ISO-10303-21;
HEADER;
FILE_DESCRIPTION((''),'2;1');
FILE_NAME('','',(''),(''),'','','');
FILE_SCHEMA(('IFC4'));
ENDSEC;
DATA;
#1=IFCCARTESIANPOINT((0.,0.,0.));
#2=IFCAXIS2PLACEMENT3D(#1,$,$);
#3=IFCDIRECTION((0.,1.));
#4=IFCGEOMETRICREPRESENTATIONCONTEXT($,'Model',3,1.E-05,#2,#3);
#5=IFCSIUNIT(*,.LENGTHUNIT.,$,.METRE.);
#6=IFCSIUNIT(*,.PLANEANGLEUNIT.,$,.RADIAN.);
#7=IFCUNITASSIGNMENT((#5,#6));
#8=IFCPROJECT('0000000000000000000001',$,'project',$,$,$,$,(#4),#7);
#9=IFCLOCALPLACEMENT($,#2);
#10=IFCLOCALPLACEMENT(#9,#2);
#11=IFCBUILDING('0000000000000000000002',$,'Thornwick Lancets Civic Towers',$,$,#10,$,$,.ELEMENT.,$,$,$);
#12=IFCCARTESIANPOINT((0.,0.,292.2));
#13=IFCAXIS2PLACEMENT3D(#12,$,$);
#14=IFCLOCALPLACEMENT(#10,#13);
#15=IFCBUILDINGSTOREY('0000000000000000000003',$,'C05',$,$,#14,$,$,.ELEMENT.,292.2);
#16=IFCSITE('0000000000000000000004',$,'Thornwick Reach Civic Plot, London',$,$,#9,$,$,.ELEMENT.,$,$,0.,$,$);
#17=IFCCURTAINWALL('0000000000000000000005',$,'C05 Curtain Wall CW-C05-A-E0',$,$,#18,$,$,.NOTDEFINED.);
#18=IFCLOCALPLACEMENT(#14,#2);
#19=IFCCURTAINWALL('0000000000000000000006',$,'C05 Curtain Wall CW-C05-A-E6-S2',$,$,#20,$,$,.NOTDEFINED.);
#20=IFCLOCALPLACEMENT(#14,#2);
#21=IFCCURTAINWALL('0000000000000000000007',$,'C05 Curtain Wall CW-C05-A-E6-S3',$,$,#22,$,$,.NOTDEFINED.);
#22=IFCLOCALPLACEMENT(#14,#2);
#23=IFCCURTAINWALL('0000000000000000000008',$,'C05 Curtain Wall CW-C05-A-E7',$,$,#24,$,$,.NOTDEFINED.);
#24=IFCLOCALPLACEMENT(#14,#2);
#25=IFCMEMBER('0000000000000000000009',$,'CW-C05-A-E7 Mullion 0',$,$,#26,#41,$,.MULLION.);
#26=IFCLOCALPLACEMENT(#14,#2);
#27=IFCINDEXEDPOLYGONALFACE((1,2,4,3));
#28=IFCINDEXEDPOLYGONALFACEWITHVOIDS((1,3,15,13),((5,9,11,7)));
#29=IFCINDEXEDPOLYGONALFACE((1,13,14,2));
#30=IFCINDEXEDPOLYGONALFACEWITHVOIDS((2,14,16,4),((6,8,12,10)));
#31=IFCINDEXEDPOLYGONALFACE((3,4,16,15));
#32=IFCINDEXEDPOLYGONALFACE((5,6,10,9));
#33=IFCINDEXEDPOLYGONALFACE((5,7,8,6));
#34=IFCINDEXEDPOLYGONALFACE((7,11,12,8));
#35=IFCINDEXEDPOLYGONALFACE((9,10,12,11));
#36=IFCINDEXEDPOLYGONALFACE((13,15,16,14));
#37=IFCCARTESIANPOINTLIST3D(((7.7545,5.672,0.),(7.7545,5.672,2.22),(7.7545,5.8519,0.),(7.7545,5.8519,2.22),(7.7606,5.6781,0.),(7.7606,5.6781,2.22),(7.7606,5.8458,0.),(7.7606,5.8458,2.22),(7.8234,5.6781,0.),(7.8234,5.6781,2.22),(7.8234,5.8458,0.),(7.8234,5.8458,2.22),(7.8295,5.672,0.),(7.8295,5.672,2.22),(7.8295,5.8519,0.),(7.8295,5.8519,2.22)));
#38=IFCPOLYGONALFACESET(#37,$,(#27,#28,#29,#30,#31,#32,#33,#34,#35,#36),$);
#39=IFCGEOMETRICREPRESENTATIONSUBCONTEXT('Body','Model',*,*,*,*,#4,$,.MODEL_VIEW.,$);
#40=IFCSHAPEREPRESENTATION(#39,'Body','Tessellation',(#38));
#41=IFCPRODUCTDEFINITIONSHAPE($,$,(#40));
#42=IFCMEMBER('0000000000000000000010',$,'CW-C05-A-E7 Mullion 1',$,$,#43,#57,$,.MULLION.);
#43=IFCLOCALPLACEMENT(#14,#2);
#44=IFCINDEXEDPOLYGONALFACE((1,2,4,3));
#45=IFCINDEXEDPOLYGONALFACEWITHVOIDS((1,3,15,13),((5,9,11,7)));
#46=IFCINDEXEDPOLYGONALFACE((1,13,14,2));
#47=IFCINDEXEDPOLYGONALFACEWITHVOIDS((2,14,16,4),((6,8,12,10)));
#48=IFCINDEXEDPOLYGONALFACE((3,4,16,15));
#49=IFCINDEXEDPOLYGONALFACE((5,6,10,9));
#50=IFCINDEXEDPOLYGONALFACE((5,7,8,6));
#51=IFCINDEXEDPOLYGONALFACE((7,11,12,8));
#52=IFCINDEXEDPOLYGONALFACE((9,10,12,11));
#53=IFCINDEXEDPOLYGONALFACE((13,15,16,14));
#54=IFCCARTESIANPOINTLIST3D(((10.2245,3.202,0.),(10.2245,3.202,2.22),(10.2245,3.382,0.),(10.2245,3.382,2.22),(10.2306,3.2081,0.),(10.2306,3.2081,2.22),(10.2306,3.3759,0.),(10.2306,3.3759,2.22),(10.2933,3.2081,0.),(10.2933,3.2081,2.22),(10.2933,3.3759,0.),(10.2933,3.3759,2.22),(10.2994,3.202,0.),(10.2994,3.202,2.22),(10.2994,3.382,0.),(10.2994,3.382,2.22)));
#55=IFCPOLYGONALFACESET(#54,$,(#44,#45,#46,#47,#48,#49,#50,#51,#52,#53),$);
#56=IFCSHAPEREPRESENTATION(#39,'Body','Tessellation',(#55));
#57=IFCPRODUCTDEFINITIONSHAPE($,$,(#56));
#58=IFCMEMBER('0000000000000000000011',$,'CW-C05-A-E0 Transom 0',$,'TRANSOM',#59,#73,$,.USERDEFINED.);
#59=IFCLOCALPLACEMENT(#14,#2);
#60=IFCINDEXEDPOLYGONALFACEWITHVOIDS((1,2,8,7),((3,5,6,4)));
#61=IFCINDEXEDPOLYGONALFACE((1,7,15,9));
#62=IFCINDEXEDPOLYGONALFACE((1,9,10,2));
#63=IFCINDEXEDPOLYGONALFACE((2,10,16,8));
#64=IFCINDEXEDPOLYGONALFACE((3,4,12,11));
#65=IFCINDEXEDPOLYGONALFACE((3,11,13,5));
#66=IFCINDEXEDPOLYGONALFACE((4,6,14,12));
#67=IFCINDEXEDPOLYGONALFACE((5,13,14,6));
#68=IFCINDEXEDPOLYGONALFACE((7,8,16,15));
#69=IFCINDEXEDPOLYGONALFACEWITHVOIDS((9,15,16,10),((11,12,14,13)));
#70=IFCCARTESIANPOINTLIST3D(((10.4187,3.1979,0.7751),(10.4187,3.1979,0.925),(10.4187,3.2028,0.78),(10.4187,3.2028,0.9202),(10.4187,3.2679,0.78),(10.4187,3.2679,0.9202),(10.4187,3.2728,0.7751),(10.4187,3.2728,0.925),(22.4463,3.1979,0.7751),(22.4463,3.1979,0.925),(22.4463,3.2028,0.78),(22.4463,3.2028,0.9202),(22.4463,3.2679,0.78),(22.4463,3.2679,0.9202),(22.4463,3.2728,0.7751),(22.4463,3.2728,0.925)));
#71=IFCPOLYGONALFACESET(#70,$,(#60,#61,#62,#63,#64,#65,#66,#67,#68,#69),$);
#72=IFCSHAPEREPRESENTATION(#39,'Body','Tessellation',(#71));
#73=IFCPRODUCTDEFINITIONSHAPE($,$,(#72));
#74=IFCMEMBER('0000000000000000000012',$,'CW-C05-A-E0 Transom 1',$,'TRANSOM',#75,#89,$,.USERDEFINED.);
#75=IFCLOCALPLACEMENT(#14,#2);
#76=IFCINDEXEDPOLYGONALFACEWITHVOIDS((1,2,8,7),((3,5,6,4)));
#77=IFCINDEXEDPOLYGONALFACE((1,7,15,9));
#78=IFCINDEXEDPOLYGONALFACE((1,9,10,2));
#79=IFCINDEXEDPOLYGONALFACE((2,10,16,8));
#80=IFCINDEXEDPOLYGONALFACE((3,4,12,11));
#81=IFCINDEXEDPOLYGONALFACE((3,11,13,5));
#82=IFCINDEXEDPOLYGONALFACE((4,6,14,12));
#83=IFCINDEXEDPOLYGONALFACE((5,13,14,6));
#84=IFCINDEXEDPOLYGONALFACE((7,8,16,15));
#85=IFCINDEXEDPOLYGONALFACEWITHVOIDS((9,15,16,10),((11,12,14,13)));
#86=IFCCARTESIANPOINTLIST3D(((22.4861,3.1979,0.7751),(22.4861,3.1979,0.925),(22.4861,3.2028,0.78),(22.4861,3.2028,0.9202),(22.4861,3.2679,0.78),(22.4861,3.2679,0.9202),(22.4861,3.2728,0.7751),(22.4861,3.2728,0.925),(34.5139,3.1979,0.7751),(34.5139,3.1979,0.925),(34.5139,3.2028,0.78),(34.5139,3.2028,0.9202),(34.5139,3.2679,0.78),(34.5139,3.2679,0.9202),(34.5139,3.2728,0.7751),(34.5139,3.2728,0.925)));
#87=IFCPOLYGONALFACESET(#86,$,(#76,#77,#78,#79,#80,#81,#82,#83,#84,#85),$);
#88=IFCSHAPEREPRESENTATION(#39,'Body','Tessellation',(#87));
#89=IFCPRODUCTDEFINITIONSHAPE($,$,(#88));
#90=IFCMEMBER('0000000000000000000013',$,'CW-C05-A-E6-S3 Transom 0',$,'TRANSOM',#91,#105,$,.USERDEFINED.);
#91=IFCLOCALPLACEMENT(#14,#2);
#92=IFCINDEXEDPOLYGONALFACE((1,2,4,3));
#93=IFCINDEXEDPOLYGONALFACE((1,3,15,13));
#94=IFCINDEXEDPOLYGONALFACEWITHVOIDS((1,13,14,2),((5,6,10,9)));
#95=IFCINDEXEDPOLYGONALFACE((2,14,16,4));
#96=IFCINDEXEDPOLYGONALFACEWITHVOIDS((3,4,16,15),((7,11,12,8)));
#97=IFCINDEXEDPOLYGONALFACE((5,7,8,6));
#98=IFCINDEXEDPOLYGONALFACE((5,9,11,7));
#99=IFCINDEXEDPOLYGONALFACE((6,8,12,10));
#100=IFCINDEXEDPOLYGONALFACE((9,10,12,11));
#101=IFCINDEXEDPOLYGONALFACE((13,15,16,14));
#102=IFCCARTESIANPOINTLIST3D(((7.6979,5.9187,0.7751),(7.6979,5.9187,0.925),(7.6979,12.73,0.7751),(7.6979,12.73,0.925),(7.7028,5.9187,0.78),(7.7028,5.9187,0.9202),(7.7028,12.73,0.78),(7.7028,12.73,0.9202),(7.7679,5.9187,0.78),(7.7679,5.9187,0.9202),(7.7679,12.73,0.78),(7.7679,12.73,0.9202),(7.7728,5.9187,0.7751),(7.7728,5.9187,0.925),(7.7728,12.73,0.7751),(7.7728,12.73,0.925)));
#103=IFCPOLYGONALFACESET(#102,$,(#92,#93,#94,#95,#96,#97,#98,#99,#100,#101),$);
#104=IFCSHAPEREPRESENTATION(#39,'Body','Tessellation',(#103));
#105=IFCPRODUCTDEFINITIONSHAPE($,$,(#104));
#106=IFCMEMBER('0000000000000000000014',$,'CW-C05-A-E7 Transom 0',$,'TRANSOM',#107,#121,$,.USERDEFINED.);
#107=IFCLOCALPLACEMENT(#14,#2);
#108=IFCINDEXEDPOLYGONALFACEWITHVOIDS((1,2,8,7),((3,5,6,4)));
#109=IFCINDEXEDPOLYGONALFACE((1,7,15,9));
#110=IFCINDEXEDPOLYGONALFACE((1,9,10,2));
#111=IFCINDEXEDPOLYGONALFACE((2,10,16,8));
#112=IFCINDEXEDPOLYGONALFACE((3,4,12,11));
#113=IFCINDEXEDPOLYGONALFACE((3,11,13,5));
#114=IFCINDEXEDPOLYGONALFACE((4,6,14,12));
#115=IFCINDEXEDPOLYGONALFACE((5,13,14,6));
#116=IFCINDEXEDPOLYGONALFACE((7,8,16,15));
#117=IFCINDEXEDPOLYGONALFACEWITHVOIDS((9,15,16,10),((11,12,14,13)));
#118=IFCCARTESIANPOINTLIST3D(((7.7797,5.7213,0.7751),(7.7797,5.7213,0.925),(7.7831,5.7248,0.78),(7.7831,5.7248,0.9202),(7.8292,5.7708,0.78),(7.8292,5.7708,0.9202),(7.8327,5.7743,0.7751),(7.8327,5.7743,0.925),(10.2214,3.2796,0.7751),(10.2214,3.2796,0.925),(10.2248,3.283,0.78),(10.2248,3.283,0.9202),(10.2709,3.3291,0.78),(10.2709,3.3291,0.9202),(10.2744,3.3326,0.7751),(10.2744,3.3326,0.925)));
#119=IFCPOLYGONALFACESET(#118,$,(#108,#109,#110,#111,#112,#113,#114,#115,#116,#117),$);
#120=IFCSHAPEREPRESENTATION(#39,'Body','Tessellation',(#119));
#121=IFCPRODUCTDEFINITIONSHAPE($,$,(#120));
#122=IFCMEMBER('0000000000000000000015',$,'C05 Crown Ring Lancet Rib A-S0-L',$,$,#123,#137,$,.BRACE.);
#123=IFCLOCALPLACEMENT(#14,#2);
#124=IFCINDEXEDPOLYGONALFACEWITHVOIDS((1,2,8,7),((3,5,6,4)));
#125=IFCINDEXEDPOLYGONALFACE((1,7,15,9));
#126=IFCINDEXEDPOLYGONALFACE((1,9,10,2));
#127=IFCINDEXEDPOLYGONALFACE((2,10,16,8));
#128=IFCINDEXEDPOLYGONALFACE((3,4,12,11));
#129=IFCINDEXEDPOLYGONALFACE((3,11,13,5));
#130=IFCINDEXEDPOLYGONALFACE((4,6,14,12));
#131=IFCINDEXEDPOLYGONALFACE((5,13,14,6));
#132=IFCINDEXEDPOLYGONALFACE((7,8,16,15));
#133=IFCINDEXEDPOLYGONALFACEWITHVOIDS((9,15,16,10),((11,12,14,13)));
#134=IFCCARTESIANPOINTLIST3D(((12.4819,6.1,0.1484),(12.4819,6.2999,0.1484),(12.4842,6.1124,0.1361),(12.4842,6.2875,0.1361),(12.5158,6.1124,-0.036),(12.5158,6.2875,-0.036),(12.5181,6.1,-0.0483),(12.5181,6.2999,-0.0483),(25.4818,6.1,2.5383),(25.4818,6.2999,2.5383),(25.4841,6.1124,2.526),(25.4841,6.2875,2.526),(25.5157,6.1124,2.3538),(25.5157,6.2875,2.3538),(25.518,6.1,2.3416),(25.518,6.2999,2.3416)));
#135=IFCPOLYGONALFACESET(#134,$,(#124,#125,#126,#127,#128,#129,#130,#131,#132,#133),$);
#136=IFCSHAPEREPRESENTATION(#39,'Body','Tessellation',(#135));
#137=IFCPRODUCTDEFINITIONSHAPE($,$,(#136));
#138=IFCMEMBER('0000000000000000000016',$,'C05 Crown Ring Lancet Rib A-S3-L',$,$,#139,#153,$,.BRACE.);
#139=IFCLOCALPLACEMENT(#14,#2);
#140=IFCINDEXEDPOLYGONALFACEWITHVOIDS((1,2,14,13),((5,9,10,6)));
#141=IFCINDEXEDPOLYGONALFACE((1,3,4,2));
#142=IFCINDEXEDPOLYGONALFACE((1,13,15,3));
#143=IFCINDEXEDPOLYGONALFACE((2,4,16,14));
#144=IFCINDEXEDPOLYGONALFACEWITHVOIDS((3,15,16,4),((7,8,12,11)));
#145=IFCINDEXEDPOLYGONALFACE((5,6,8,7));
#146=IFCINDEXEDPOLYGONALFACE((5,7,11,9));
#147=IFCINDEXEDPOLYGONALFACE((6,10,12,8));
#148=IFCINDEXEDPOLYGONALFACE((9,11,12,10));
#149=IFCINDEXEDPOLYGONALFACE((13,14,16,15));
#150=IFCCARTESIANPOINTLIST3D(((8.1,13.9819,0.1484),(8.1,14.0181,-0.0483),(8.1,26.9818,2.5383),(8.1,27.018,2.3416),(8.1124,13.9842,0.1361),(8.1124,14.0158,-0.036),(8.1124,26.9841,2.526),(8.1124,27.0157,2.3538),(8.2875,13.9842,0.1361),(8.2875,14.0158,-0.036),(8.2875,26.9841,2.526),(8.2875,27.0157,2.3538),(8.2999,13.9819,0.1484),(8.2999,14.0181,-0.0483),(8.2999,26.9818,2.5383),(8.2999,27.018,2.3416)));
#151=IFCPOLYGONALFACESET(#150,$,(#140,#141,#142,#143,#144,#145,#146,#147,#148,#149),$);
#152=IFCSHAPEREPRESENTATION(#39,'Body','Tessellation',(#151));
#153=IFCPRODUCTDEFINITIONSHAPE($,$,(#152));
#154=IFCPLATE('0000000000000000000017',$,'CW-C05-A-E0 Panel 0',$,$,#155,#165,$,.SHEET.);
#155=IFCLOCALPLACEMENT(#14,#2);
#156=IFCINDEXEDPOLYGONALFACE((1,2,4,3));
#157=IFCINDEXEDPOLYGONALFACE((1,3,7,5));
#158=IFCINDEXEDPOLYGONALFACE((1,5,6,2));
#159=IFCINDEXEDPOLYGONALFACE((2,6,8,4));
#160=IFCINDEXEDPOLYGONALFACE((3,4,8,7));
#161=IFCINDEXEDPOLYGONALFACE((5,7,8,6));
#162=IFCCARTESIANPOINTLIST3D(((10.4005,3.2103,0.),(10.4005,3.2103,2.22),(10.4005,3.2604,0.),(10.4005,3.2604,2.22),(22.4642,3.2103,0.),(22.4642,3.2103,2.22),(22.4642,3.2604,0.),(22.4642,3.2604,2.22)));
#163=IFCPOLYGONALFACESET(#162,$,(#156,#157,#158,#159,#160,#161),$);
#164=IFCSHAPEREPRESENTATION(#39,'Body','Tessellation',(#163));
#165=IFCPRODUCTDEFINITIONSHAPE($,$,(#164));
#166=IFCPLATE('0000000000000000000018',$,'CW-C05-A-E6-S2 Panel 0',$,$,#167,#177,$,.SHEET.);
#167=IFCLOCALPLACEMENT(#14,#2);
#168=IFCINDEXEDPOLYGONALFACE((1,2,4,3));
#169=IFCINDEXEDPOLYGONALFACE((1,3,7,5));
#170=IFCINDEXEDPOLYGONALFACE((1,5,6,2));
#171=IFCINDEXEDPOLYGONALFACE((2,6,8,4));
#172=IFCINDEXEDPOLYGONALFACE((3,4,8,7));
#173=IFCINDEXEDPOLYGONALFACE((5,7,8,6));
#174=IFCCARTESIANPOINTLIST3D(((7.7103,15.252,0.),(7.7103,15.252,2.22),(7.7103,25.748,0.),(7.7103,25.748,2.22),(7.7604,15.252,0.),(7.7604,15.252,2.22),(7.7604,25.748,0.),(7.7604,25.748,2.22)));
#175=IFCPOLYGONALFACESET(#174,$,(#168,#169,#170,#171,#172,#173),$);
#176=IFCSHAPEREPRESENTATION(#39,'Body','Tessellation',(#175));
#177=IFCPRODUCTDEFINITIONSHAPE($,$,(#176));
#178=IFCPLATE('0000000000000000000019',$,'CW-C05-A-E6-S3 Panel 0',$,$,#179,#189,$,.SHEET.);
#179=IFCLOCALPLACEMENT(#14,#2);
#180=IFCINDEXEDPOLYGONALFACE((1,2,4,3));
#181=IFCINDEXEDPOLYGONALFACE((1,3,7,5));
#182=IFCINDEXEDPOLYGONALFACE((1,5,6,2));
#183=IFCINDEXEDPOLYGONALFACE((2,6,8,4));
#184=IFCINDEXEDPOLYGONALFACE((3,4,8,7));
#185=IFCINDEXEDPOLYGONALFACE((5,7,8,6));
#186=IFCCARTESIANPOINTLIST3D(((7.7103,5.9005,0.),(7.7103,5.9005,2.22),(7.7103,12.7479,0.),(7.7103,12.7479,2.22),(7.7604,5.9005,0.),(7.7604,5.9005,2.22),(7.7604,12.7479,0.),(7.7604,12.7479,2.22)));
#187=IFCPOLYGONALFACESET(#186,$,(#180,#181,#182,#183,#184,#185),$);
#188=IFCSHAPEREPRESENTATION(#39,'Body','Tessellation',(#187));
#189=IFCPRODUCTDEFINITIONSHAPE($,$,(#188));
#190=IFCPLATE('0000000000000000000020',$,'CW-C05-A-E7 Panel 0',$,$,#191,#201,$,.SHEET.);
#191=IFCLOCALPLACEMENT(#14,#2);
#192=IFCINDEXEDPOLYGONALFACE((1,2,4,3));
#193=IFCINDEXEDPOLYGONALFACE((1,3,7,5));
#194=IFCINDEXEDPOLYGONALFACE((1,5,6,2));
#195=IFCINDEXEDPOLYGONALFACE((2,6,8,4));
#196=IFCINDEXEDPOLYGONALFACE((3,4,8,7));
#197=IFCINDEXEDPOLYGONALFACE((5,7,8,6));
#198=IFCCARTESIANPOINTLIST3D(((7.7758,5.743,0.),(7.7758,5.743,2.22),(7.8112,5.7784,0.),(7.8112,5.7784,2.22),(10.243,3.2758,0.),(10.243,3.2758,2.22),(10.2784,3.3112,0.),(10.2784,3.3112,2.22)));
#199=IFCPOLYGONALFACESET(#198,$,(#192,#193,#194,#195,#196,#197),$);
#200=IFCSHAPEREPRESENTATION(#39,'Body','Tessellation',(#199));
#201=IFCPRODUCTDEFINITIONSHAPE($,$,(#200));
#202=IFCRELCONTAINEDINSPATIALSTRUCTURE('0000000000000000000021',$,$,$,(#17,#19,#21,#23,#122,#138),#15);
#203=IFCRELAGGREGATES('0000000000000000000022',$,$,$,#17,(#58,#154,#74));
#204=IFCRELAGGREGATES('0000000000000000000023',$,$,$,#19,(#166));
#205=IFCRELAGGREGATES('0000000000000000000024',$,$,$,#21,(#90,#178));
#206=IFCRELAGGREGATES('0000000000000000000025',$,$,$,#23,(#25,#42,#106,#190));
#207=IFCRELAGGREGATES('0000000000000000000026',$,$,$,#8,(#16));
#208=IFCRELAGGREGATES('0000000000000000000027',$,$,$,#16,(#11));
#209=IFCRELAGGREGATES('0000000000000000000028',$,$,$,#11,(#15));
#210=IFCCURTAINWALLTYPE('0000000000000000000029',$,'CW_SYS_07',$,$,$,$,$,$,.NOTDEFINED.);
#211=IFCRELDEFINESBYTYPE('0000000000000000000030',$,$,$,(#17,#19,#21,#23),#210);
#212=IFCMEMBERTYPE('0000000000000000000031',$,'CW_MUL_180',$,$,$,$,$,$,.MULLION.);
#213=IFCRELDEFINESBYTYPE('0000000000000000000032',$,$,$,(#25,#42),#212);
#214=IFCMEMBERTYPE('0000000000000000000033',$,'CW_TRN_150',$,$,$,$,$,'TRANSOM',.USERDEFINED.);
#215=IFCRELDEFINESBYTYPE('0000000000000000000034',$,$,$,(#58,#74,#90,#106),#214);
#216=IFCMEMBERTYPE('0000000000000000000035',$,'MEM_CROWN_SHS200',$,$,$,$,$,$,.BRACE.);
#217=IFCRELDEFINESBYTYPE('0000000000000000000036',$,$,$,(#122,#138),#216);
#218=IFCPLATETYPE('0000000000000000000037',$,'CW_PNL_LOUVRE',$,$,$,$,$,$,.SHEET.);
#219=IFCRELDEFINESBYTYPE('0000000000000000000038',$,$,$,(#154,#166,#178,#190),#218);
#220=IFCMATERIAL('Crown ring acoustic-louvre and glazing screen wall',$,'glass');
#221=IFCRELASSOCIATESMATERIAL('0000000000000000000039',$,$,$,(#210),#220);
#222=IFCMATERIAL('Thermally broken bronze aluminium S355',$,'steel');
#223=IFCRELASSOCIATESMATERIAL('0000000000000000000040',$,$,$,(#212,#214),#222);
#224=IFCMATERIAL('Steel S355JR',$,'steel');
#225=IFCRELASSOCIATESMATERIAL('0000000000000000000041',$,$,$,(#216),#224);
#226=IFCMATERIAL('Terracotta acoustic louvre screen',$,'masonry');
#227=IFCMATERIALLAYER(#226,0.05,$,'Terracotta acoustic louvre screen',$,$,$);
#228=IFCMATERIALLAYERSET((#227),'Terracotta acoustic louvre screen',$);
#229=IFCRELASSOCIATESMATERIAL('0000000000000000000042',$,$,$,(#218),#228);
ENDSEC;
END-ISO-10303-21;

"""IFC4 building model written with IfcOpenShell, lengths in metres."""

from ifc_helpers import new_model, si_unit, direction, frame, origin, origin_2d, place, context, subcontext, project, spatial, rectangle, hollow_rectangle, extrude, material, layer, layer_set, material_profile, profile_set, type_object, element, aggregate, save


model = new_model("IFC4")

# Units and contexts
model_context = context("Model", 3, precision=1e-05, world=origin(), true_north=direction((0.0, 1.0)))
body_context = subcontext(model_context, "Body", "Model", "MODEL_VIEW")
ifc_project = project(units=[si_unit("LENGTHUNIT", "METRE"), si_unit("PLANEANGLEUNIT", "RADIAN")], contexts=[model_context])

# Site, building, storey
site_placement = place(None, origin())
site = spatial("IfcSite", under=ifc_project, at=site_placement, Name="Thornwick Reach Civic Plot, London", CompositionType="ELEMENT", RefElevation=0.0)
building_placement = place(site_placement, origin())
building = spatial("IfcBuilding", under=site, at=building_placement, Name="Thornwick Lancets Civic Towers", CompositionType="ELEMENT")
storey_placement = place(building_placement, frame((0.0, 0.0, 292.2)))
storey = spatial("IfcBuildingStorey", under=building, at=storey_placement, Name="C05", CompositionType="ELEMENT", Elevation=292.2)

# Shared definitions
ifc_material_1 = material(Name="Steel S355JR", Category="steel")

# Curtain wall
ifc_material_2 = material(Name="Crown ring acoustic-louvre and glazing screen wall", Category="glass")
curtain_wall_type = type_object("IfcCurtainWallType", Name="CW_SYS_07", PredefinedType="NOTDEFINED", material=ifc_material_2)
curtain_wall_1_placement = place(storey_placement, origin())
curtain_wall_1 = element("IfcCurtainWall", 1, at=curtain_wall_1_placement, inside=storey, type_object=curtain_wall_type, Name="C05 Curtain Wall CW-C05-A-E0", PredefinedType="NOTDEFINED")
ifc_material_3 = material(Name="Thermally broken bronze aluminium S355", Category="steel")
ifc_material_profile_1 = material_profile(ifc_material_3, hollow_rectangle(XDim=0.075, YDim=0.1799, WallThickness=0.0061, at=origin_2d()), Name="RHS 180x75x6")
ifc_profile_set_1 = profile_set([ifc_material_profile_1], Name="Thermally broken bronze aluminium S355")
member_type_1 = type_object("IfcMemberType", Name="CW_MUL_180", PredefinedType="MULLION", material=ifc_profile_set_1)

# Curtain wall
curtain_wall_2_placement = place(storey_placement, origin())
curtain_wall_2 = element("IfcCurtainWall", 2, at=curtain_wall_2_placement, inside=storey, type_object=curtain_wall_type, Name="C05 Curtain Wall CW-C05-A-E6-S2", PredefinedType="NOTDEFINED")

# Curtain walls, members
curtain_wall_3_placement = place(storey_placement, origin())
curtain_wall_3 = element("IfcCurtainWall", 3, at=curtain_wall_3_placement, inside=storey, type_object=curtain_wall_type, Name="C05 Curtain Wall CW-C05-A-E6-S3", PredefinedType="NOTDEFINED")
curtain_wall_4_placement = place(storey_placement, origin())
curtain_wall_4 = element("IfcCurtainWall", 4, at=curtain_wall_4_placement, inside=storey, type_object=curtain_wall_type, Name="C05 Curtain Wall CW-C05-A-E7", PredefinedType="NOTDEFINED")
member_1_placement = place(storey_placement, frame((7.792, 5.762, 0.0), z_axis=(0.0, 0.0, 1.0), x_axis=(1.0, 0.0, 0.0)))
member_1 = element("IfcMember", 5, at=member_1_placement, type_object=member_type_1, Name="CW-C05-A-E7 Mullion 0", PredefinedType="MULLION", context=body_context, shape_type="SweptSolid", body=[
    extrude(hollow_rectangle(XDim=0.075, YDim=0.1799, WallThickness=0.0061, at=origin_2d()), origin(), (0.0, 0.0, 1.0), 2.22),
])
member_2_placement = place(storey_placement, frame((10.262, 3.292, 0.0), z_axis=(0.0, 0.0, 1.0), x_axis=(1.0, 0.0, 0.0)))
member_2 = element("IfcMember", 6, at=member_2_placement, type_object=member_type_1, Name="CW-C05-A-E7 Mullion 1", PredefinedType="MULLION", context=body_context, shape_type="SweptSolid", body=[
    extrude(hollow_rectangle(XDim=0.075, YDim=0.1799, WallThickness=0.0061, at=origin_2d()), origin(), (0.0, 0.0, 1.0), 2.22),
])

# Members
ifc_material_profile_2 = material_profile(ifc_material_3, hollow_rectangle(XDim=0.075, YDim=0.1499, WallThickness=0.0049, at=origin_2d()), Name="RHS 150x75x5")
ifc_profile_set_2 = profile_set([ifc_material_profile_2], Name="Thermally broken bronze aluminium S355")
member_type_2 = type_object("IfcMemberType", Name="CW_TRN_150", ElementType="TRANSOM", PredefinedType="USERDEFINED", material=ifc_profile_set_2)
member_3_placement = place(storey_placement, frame((10.4187, 3.2354, 0.8501), z_axis=(1.0, 0.0, 0.0), x_axis=(0.0, 1.0, 0.0)))
member_3 = element("IfcMember", 7, at=member_3_placement, type_object=member_type_2, Name="CW-C05-A-E0 Transom 0", ObjectType="TRANSOM", PredefinedType="USERDEFINED", context=body_context, shape_type="SweptSolid", body=[
    extrude(hollow_rectangle(XDim=0.075, YDim=0.1499, WallThickness=0.0049, at=origin_2d()), origin(), (0.0, 0.0, 1.0), 12.0276),
])
member_4_placement = place(storey_placement, frame((22.4861, 3.2354, 0.8501), z_axis=(1.0, 0.0, 0.0), x_axis=(0.0, 1.0, 0.0)))
member_4 = element("IfcMember", 8, at=member_4_placement, type_object=member_type_2, Name="CW-C05-A-E0 Transom 1", ObjectType="TRANSOM", PredefinedType="USERDEFINED", context=body_context, shape_type="SweptSolid", body=[
    extrude(hollow_rectangle(XDim=0.075, YDim=0.1499, WallThickness=0.0049, at=origin_2d()), origin(), (0.0, 0.0, 1.0), 12.0278),
])
member_5_placement = place(storey_placement, frame((7.7354, 12.73, 0.8501), z_axis=(0.0, -1.0, 0.0), x_axis=(1.0, 0.0, 0.0)))
member_5 = element("IfcMember", 9, at=member_5_placement, type_object=member_type_2, Name="CW-C05-A-E6-S3 Transom 0", ObjectType="TRANSOM", PredefinedType="USERDEFINED", context=body_context, shape_type="SweptSolid", body=[
    extrude(hollow_rectangle(XDim=0.075, YDim=0.1499, WallThickness=0.0049, at=origin_2d()), origin(), (0.0, 0.0, 1.0), 6.8113),
])
member_6_placement = place(storey_placement, frame((7.8062, 5.7478, 0.8501), z_axis=(0.707107, -0.707107, 0.0), x_axis=(0.707107, 0.707107, 0.0)))
member_6 = element("IfcMember", 10, at=member_6_placement, type_object=member_type_2, Name="CW-C05-A-E7 Transom 0", ObjectType="TRANSOM", PredefinedType="USERDEFINED", context=body_context, shape_type="SweptSolid", body=[
    extrude(hollow_rectangle(XDim=0.075, YDim=0.1499, WallThickness=0.0049, at=origin_2d()), origin(), (0.0, 0.0, 1.0), 3.4531),
])

# Members
ifc_material_profile_3 = material_profile(ifc_material_1, hollow_rectangle(XDim=0.2, YDim=0.2, WallThickness=0.0125, at=origin_2d()), Name="SHS 200x200x12.5")
ifc_profile_set_3 = profile_set([ifc_material_profile_3], Name="Steel S355JR")
member_type_3 = type_object("IfcMemberType", Name="MEM_CROWN_SHS200", PredefinedType="BRACE", material=ifc_profile_set_3)
for number, where, z_axis, x_axis, name in (
    (11, (12.5, 6.2, 0.05), (0.983518, 0.0, 0.180808), (0.0, 1.0, 0.0), "C05 Crown Ring Lancet Rib A-S0-L"),
    (12, (8.2, 14.0, 0.05), (0.0, 0.983518, 0.180808), (-1.0, 0.0, 0.0), "C05 Crown Ring Lancet Rib A-S3-L"),
):
    element("IfcMember", number, at=place(storey_placement, frame(where, z_axis=z_axis, x_axis=x_axis)), inside=storey, type_object=member_type_3, Name=name, PredefinedType="BRACE", context=body_context, shape_type="SweptSolid", body=[
        extrude(hollow_rectangle(XDim=0.2, YDim=0.2, WallThickness=0.0125, at=origin_2d()), origin(), (0.0, 0.0, 1.0), 13.2178),
    ])

# Plates
ifc_material_4 = material(Name="Terracotta acoustic louvre screen", Category="masonry")
ifc_layer_1 = layer(ifc_material_4, 0.05, Name="Terracotta acoustic louvre screen")
ifc_layer_set_1 = layer_set([ifc_layer_1], Name="Terracotta acoustic louvre screen")
plate_type_1 = type_object("IfcPlateType", Name="CW_PNL_LOUVRE", PredefinedType="SHEET", material=ifc_layer_set_1)
plate_1_placement = place(storey_placement, frame((16.4324, 3.2354, 0.0), z_axis=(0.0, 0.0, 1.0), x_axis=(1.0, 0.0, 0.0)))
plate_1 = element("IfcPlate", 13, at=plate_1_placement, type_object=plate_type_1, Name="CW-C05-A-E0 Panel 0", PredefinedType="SHEET", context=body_context, shape_type="SweptSolid", body=[
    extrude(rectangle(XDim=12.0637, YDim=0.05, at=origin_2d()), origin(), (0.0, 0.0, 1.0), 2.22),
])
aggregate(curtain_wall_1, [member_3, plate_1, member_4])
plate_2_placement = place(storey_placement, frame((7.7354, 20.5, 0.0), z_axis=(0.0, 0.0, 1.0), x_axis=(0.0, -1.0, 0.0)))
plate_2 = element("IfcPlate", 14, at=plate_2_placement, type_object=plate_type_1, Name="CW-C05-A-E6-S2 Panel 0", PredefinedType="SHEET", context=body_context, shape_type="SweptSolid", body=[
    extrude(rectangle(XDim=10.4961, YDim=0.05, at=origin_2d()), origin(), (0.0, 0.0, 1.0), 2.22),
])
aggregate(curtain_wall_2, [plate_2])
plate_3_placement = place(storey_placement, frame((7.7354, 9.3242, 0.0), z_axis=(0.0, 0.0, 1.0), x_axis=(0.0, -1.0, 0.0)))
plate_3 = element("IfcPlate", 15, at=plate_3_placement, type_object=plate_type_1, Name="CW-C05-A-E6-S3 Panel 0", PredefinedType="SHEET", context=body_context, shape_type="SweptSolid", body=[
    extrude(rectangle(XDim=6.8474, YDim=0.05, at=origin_2d()), origin(), (0.0, 0.0, 1.0), 2.22),
])
aggregate(curtain_wall_3, [member_5, plate_3])
plate_4_placement = place(storey_placement, frame((9.0271, 4.5271, 0.0), z_axis=(0.0, 0.0, 1.0), x_axis=(0.707107, -0.707107, 0.0)))
plate_4 = element("IfcPlate", 16, at=plate_4_placement, type_object=plate_type_1, Name="CW-C05-A-E7 Panel 0", PredefinedType="SHEET", context=body_context, shape_type="SweptSolid", body=[
    extrude(rectangle(XDim=3.4893, YDim=0.05, at=origin_2d()), origin(), (0.0, 0.0, 1.0), 2.22),
])
aggregate(curtain_wall_4, [member_1, member_2, member_6, plate_4])

save(model, "model.ifc")
